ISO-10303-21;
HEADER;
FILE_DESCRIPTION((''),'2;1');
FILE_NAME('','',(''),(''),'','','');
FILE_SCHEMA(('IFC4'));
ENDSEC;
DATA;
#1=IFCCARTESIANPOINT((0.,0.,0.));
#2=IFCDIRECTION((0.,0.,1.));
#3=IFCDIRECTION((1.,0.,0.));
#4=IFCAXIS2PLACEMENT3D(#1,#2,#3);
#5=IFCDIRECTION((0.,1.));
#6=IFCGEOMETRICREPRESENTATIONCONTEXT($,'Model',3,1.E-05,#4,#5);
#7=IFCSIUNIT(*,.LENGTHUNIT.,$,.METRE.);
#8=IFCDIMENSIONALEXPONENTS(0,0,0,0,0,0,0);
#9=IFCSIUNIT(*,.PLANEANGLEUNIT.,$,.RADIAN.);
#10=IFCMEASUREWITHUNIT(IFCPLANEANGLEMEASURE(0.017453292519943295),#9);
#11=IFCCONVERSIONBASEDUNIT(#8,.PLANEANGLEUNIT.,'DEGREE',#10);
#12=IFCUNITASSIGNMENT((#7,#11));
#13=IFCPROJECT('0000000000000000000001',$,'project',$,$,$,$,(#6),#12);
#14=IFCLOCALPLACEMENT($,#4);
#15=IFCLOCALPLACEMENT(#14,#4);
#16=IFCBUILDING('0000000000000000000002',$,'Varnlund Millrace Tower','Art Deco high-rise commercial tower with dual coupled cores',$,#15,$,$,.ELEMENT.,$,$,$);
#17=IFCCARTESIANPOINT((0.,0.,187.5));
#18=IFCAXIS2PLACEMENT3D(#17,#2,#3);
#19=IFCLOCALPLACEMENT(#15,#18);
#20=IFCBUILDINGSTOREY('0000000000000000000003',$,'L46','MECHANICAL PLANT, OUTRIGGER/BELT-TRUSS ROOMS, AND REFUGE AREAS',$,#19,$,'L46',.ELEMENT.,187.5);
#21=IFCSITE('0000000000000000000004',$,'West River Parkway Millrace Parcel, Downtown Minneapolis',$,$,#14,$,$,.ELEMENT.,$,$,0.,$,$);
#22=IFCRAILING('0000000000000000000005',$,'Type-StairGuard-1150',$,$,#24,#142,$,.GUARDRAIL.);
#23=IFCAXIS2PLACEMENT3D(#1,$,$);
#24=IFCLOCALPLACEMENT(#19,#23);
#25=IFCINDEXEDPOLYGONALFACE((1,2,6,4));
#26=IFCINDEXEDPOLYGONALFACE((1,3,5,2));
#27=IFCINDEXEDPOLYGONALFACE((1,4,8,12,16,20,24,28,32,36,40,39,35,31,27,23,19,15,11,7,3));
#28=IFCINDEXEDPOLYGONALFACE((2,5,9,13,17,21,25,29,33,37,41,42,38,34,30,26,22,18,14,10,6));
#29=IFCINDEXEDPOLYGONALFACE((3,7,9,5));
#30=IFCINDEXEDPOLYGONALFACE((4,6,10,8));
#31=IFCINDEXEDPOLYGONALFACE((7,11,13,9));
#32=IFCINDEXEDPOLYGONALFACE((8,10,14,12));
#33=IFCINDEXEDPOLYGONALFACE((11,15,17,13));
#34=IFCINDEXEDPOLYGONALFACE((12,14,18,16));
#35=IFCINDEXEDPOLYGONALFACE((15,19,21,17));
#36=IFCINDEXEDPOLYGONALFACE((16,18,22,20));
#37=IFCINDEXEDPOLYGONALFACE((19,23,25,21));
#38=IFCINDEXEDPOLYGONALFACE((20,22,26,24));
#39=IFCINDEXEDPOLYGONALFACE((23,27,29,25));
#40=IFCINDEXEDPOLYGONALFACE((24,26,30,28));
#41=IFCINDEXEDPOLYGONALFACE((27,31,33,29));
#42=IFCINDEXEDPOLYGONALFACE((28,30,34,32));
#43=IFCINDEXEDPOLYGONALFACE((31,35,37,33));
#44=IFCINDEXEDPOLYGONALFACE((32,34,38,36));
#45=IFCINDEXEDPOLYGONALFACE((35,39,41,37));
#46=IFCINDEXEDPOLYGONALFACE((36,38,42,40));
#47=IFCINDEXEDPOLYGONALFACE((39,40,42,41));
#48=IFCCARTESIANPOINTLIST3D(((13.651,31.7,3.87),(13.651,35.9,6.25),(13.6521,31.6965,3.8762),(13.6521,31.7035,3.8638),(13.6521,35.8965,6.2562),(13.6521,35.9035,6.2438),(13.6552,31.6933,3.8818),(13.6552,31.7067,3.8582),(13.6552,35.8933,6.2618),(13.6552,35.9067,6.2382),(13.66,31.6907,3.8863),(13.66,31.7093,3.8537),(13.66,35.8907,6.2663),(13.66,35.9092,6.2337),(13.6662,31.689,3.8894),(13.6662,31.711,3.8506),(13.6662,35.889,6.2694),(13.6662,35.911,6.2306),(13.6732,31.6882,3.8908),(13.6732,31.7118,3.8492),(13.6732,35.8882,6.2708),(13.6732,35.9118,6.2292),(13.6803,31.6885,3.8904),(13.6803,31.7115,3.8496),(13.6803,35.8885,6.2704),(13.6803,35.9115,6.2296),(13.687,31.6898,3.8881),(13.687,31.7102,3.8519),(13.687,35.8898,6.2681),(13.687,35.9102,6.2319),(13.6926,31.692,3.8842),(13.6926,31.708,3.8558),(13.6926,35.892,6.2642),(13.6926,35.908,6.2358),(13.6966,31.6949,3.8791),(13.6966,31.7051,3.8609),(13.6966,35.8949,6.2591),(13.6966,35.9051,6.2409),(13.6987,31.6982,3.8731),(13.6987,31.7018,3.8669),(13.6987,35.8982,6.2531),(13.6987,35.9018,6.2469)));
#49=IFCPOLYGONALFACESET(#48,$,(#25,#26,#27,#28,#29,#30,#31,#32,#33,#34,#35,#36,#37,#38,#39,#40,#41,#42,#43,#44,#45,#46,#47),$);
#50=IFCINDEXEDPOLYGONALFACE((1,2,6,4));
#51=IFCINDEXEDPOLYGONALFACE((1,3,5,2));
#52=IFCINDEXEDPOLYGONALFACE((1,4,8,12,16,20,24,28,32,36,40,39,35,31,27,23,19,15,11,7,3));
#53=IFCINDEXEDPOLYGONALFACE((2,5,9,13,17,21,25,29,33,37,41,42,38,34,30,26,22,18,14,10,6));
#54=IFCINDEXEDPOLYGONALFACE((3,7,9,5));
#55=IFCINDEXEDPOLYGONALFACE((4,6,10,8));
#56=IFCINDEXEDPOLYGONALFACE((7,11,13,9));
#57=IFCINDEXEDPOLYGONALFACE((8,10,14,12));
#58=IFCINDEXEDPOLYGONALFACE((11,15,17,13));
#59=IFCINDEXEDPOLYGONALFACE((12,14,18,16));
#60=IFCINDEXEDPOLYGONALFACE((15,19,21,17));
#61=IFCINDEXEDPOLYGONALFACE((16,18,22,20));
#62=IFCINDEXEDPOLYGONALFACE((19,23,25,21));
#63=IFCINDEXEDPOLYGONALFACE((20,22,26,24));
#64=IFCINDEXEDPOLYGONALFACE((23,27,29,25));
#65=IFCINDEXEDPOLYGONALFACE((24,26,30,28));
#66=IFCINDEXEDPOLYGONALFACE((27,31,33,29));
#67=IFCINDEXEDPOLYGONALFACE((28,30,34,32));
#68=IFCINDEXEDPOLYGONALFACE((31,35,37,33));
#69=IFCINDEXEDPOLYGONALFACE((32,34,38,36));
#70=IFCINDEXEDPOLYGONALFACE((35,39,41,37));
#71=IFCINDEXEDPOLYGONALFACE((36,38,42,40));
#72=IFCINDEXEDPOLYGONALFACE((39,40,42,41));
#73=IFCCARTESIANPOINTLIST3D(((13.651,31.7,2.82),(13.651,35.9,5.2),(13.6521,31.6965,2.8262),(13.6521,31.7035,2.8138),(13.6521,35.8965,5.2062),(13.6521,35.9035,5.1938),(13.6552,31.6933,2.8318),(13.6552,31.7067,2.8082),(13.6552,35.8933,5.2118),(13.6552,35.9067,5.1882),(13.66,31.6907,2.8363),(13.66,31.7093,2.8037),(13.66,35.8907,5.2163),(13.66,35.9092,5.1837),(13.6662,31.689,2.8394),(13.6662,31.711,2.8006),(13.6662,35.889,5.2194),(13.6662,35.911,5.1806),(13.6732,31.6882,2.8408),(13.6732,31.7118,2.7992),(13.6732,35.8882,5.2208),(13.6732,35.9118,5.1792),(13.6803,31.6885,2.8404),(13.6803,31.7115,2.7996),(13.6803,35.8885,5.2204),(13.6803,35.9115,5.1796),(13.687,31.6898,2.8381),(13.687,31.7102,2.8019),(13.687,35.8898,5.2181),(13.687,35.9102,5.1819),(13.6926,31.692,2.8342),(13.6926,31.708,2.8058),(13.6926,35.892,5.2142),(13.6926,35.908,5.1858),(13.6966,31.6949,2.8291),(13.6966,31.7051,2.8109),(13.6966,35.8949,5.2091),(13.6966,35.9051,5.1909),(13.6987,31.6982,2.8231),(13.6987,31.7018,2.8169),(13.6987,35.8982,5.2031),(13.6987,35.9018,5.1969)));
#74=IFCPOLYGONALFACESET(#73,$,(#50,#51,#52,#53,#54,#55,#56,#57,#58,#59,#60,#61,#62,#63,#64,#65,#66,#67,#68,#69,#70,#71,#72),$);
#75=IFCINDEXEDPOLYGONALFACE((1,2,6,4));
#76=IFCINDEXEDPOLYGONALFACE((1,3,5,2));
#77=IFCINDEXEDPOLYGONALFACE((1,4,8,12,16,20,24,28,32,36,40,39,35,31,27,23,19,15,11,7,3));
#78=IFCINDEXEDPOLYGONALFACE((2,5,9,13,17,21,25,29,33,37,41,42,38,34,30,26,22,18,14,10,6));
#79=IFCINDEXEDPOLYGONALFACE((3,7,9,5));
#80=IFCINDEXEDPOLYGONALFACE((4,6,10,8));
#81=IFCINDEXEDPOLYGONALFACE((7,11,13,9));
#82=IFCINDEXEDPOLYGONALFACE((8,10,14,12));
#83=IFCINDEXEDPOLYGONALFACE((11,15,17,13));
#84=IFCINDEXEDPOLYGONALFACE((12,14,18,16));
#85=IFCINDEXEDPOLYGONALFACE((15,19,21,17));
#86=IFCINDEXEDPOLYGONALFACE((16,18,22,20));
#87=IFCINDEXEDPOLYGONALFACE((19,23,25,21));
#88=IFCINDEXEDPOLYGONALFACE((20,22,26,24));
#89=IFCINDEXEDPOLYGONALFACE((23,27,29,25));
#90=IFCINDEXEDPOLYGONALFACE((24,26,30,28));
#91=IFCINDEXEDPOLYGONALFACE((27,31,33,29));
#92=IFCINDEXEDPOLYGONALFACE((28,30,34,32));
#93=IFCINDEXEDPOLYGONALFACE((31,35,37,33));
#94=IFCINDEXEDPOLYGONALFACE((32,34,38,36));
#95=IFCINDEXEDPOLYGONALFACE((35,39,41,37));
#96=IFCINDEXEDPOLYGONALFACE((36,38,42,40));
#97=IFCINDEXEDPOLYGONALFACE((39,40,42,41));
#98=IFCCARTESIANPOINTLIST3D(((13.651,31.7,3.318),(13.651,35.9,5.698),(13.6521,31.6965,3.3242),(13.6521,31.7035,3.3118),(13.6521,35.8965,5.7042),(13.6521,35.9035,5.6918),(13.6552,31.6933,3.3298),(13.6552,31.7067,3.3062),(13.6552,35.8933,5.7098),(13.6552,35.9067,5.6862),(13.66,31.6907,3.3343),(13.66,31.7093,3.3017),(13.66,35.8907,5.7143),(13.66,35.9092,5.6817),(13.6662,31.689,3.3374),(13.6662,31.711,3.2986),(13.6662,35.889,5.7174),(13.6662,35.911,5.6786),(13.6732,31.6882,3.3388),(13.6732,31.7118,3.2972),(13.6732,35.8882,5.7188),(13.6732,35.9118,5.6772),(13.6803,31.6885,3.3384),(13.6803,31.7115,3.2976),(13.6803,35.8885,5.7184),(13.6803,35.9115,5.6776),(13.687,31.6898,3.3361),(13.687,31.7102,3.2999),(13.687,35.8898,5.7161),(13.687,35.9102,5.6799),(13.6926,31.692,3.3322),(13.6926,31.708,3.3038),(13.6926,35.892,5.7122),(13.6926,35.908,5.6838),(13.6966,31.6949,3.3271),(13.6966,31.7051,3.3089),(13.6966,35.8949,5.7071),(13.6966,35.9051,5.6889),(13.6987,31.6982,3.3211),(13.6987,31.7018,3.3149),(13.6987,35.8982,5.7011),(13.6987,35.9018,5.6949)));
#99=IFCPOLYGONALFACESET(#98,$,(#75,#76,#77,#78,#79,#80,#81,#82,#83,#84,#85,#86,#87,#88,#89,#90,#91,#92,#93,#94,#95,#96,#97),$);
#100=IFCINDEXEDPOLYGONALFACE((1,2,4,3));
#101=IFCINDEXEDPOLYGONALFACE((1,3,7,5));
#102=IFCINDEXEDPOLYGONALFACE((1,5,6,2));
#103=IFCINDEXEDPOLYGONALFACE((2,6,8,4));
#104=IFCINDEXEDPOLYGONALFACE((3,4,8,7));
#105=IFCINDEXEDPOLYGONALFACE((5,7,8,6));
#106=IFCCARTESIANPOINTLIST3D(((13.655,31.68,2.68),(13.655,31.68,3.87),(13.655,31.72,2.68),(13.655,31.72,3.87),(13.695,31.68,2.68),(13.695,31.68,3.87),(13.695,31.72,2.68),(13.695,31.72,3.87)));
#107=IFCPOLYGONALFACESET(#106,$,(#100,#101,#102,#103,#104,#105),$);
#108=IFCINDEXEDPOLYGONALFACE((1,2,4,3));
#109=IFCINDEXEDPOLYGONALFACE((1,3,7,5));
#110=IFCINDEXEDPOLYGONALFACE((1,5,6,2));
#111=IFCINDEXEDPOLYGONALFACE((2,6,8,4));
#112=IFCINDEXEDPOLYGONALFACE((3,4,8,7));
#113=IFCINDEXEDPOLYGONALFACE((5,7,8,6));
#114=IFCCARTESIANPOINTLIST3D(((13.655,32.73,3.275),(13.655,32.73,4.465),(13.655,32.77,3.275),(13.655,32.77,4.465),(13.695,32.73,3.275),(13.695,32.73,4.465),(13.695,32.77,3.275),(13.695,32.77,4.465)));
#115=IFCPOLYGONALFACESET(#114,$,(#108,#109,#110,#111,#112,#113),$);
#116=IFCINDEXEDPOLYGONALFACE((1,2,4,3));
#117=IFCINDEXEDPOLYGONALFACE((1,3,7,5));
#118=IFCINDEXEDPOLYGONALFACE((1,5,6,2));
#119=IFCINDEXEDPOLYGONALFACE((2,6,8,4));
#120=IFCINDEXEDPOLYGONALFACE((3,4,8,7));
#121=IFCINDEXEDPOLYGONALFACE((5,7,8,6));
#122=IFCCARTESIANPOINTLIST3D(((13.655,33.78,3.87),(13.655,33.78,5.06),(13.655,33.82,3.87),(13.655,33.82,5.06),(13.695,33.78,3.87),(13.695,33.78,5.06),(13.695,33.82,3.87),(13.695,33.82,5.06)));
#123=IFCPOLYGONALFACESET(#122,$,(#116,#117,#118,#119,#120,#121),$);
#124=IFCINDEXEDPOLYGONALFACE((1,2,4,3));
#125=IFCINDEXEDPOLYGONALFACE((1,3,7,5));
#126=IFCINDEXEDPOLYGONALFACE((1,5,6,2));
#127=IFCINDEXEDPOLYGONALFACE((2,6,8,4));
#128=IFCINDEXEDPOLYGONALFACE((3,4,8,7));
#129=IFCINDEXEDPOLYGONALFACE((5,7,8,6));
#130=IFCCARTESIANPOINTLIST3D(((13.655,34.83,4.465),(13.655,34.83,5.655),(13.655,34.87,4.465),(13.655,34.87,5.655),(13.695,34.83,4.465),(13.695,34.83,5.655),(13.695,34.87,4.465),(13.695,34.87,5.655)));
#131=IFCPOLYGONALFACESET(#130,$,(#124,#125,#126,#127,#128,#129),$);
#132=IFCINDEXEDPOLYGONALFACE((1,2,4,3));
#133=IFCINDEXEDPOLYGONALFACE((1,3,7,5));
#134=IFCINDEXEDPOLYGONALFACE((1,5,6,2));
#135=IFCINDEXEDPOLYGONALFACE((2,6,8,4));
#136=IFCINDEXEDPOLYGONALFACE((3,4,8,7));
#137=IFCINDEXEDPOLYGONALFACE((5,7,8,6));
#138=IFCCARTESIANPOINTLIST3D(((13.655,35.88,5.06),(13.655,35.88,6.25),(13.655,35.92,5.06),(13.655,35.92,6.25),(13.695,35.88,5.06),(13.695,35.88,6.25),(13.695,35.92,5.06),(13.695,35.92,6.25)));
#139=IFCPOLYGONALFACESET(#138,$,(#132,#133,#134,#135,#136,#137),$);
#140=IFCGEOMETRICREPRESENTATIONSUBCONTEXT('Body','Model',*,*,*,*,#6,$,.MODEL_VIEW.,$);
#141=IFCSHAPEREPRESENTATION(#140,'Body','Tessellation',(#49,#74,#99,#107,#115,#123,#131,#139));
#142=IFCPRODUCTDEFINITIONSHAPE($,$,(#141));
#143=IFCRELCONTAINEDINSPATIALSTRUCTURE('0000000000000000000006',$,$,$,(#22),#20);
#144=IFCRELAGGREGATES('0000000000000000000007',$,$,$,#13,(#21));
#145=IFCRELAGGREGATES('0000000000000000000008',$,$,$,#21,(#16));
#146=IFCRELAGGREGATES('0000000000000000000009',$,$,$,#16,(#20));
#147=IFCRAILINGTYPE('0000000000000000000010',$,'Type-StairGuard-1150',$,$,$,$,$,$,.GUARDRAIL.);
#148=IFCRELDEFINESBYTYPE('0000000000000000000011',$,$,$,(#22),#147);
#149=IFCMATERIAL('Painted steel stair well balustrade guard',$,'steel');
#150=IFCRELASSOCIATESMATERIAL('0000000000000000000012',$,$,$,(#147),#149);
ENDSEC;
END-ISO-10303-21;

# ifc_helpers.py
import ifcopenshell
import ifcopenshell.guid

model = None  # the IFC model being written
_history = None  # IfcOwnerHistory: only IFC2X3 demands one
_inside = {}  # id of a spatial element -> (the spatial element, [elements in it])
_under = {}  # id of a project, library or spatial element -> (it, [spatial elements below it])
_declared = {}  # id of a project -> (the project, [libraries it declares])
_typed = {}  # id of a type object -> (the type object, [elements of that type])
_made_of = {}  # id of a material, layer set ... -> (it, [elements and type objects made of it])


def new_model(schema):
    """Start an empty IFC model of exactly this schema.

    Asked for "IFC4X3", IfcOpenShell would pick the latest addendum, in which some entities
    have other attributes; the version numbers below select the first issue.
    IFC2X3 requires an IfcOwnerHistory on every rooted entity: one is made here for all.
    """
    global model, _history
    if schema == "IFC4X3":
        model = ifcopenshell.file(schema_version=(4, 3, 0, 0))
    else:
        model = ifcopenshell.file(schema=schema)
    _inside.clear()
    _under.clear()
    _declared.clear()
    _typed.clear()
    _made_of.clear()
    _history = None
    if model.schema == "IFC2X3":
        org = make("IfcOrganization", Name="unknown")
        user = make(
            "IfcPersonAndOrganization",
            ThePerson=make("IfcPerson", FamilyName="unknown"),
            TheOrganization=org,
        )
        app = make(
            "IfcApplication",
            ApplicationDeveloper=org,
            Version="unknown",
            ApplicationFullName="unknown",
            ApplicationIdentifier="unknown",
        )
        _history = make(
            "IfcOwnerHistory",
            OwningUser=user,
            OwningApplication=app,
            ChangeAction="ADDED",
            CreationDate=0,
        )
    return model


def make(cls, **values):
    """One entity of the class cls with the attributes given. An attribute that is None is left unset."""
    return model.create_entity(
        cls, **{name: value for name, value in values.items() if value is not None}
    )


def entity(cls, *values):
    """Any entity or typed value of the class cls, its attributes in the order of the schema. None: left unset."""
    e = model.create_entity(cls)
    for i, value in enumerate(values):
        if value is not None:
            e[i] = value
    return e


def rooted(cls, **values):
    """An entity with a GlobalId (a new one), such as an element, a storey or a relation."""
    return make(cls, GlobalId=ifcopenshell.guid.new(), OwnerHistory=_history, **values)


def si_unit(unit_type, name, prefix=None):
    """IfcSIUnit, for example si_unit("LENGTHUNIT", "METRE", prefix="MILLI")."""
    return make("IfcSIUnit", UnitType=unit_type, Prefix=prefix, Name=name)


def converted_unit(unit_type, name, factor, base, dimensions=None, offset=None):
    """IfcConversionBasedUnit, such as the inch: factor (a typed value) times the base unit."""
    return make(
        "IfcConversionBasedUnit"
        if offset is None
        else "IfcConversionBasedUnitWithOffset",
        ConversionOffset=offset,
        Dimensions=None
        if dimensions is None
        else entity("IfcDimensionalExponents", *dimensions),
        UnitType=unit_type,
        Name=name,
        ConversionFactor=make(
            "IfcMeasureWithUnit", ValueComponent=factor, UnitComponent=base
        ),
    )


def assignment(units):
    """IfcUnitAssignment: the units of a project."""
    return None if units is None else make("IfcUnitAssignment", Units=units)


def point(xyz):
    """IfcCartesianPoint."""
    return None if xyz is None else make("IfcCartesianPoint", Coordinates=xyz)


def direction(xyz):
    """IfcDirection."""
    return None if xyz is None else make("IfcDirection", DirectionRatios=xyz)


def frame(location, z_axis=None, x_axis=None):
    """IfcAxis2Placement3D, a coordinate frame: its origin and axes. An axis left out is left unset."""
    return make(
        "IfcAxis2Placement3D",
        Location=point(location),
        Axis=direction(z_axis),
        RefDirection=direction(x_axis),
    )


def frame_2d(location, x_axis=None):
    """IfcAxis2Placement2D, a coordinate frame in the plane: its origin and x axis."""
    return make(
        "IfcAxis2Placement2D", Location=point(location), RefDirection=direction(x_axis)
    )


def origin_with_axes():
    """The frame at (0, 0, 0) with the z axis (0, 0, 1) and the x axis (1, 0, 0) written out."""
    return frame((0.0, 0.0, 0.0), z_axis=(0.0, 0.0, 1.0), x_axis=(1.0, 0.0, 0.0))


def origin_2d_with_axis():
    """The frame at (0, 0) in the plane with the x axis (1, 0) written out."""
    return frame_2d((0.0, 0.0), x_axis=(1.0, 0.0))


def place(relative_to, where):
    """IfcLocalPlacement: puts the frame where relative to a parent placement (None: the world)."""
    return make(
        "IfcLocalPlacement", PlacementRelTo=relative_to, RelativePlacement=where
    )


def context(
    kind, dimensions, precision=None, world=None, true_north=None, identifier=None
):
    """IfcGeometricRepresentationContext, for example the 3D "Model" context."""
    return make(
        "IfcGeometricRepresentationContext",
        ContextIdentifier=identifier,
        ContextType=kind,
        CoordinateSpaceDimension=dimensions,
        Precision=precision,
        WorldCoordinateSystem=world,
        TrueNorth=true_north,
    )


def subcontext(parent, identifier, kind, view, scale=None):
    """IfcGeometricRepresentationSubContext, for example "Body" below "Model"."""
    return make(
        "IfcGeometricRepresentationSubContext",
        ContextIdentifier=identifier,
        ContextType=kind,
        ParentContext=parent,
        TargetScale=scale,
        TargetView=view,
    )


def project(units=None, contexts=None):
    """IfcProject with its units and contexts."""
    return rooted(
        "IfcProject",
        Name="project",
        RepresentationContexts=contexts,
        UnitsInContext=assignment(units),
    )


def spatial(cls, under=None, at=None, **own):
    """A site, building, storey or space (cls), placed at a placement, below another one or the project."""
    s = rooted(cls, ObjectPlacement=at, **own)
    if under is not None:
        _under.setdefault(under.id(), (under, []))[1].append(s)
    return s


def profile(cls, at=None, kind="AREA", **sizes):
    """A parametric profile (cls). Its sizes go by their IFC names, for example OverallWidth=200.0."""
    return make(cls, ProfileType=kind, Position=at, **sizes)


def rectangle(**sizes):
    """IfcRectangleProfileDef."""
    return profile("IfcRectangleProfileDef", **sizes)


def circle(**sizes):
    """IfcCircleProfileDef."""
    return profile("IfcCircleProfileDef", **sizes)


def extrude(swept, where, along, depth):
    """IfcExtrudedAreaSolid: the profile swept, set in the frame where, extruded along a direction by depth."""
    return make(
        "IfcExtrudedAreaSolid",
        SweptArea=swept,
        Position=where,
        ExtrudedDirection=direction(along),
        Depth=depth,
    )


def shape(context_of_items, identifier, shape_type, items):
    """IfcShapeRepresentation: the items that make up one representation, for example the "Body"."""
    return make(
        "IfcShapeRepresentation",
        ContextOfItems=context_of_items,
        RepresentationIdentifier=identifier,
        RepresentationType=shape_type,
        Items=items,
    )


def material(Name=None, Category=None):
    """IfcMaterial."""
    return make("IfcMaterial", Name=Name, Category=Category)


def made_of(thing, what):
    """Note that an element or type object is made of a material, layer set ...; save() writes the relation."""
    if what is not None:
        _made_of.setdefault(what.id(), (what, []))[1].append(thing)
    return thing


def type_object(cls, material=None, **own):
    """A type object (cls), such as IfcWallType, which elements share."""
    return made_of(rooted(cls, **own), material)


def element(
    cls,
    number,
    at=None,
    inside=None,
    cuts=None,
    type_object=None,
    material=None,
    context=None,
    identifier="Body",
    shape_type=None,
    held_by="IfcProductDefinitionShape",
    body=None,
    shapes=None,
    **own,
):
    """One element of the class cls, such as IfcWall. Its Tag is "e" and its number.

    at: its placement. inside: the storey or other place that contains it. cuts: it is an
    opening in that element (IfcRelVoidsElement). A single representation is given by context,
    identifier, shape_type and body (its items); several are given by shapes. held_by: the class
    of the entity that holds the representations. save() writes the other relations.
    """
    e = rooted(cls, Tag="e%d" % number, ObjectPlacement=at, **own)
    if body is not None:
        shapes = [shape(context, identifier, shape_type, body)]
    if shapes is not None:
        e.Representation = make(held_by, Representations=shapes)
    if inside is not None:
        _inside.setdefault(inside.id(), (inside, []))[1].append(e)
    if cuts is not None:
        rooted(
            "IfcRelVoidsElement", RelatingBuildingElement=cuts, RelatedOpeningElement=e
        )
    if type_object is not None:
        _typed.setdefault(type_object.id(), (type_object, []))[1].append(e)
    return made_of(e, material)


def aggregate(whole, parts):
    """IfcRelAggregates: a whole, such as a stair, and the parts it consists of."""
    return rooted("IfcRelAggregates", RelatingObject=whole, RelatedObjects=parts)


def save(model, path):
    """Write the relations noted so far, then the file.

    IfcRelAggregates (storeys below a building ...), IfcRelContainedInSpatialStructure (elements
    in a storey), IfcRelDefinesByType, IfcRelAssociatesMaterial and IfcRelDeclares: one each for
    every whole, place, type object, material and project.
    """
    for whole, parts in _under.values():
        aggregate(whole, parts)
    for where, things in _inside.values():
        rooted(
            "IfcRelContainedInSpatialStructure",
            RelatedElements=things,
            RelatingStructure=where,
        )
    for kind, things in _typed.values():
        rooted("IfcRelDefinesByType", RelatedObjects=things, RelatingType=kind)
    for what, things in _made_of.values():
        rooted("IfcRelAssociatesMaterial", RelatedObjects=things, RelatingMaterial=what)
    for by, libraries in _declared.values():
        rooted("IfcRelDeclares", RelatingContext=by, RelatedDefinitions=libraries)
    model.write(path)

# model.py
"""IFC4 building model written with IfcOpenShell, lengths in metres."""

from ifc_helpers import new_model, entity, si_unit, converted_unit, direction, frame, origin_with_axes, origin_2d_with_axis, place, context, subcontext, project, spatial, rectangle, circle, extrude, material, type_object, element, save


model = new_model("IFC4")

# Units and contexts
model_context = context("Model", 3, precision=1e-05, world=origin_with_axes(), true_north=direction((0.0, 1.0)))
body_context = subcontext(model_context, "Body", "Model", "MODEL_VIEW")
ifc_project = project(units=[si_unit("LENGTHUNIT", "METRE"), converted_unit("PLANEANGLEUNIT", "DEGREE", entity("IfcPlaneAngleMeasure", 0.017453292519943295), si_unit("PLANEANGLEUNIT", "RADIAN"), dimensions=[0, 0, 0, 0, 0, 0, 0])], contexts=[model_context])

# Site, building, storey
site_placement = place(None, origin_with_axes())
site = spatial("IfcSite", under=ifc_project, at=site_placement, Name="West River Parkway Millrace Parcel, Downtown Minneapolis", CompositionType="ELEMENT", RefElevation=0.0)
building_placement = place(site_placement, origin_with_axes())
building = spatial("IfcBuilding", under=site, at=building_placement, Name="Varnlund Millrace Tower", Description="Art Deco high-rise commercial tower with dual coupled cores", CompositionType="ELEMENT")
storey_placement = place(building_placement, frame((0.0, 0.0, 187.5), z_axis=(0.0, 0.0, 1.0), x_axis=(1.0, 0.0, 0.0)))
storey = spatial("IfcBuildingStorey", under=building, at=storey_placement, Name="L46", Description="MECHANICAL PLANT, OUTRIGGER/BELT-TRUSS ROOMS, AND REFUGE AREAS", LongName="L46", CompositionType="ELEMENT", Elevation=187.5)

# Railing
ifc_material_1 = material(Name="Painted steel stair well balustrade guard", Category="steel")
railing_type_1 = type_object("IfcRailingType", Name="Type-StairGuard-1150", PredefinedType="GUARDRAIL", material=ifc_material_1)
railing_1_placement = place(storey_placement, frame((0.0, 0.0, -187.5), z_axis=(0.0, 0.0, 1.0), x_axis=(1.0, 0.0, 0.0)))
element("IfcRailing", 1, at=railing_1_placement, inside=storey, type_object=railing_type_1, Name="Type-StairGuard-1150", PredefinedType="GUARDRAIL", context=body_context, shape_type="SweptSolid", body=[
    extrude(circle(Radius=0.024, at=origin_2d_with_axis()), frame((13.675, 31.7, 191.37), z_axis=(0.0, 0.870022, 0.493013), x_axis=(-1.0, 0.0, 0.0)), (0.0, 0.0, 1.0), 4.8275),
    extrude(circle(Radius=0.024, at=origin_2d_with_axis()), frame((13.675, 31.7, 190.32), z_axis=(0.0, 0.870022, 0.493013), x_axis=(-1.0, 0.0, 0.0)), (0.0, 0.0, 1.0), 4.8275),
    extrude(circle(Radius=0.024, at=origin_2d_with_axis()), frame((13.675, 31.7, 190.818), z_axis=(0.0, 0.870022, 0.493013), x_axis=(-1.0, 0.0, 0.0)), (0.0, 0.0, 1.0), 4.8275),
    extrude(rectangle(XDim=0.04, YDim=0.04, at=origin_2d_with_axis()), frame((13.675, 31.7, 190.18), z_axis=(0.0, 0.0, 1.0), x_axis=(1.0, 0.0, 0.0)), (0.0, 0.0, 1.0), 1.19),
    extrude(rectangle(XDim=0.04, YDim=0.04, at=origin_2d_with_axis()), frame((13.675, 32.75, 190.775), z_axis=(0.0, 0.0, 1.0), x_axis=(1.0, 0.0, 0.0)), (0.0, 0.0, 1.0), 1.19),
    extrude(rectangle(XDim=0.04, YDim=0.04, at=origin_2d_with_axis()), frame((13.675, 33.8, 191.37), z_axis=(0.0, 0.0, 1.0), x_axis=(1.0, 0.0, 0.0)), (0.0, 0.0, 1.0), 1.19),
    extrude(rectangle(XDim=0.04, YDim=0.04, at=origin_2d_with_axis()), frame((13.675, 34.85, 191.965), z_axis=(0.0, 0.0, 1.0), x_axis=(1.0, 0.0, 0.0)), (0.0, 0.0, 1.0), 1.19),
    extrude(rectangle(XDim=0.04, YDim=0.04, at=origin_2d_with_axis()), frame((13.675, 35.9, 192.56), z_axis=(0.0, 0.0, 1.0), x_axis=(1.0, 0.0, 0.0)), (0.0, 0.0, 1.0), 1.19),
])

save(model, "model.ifc")
